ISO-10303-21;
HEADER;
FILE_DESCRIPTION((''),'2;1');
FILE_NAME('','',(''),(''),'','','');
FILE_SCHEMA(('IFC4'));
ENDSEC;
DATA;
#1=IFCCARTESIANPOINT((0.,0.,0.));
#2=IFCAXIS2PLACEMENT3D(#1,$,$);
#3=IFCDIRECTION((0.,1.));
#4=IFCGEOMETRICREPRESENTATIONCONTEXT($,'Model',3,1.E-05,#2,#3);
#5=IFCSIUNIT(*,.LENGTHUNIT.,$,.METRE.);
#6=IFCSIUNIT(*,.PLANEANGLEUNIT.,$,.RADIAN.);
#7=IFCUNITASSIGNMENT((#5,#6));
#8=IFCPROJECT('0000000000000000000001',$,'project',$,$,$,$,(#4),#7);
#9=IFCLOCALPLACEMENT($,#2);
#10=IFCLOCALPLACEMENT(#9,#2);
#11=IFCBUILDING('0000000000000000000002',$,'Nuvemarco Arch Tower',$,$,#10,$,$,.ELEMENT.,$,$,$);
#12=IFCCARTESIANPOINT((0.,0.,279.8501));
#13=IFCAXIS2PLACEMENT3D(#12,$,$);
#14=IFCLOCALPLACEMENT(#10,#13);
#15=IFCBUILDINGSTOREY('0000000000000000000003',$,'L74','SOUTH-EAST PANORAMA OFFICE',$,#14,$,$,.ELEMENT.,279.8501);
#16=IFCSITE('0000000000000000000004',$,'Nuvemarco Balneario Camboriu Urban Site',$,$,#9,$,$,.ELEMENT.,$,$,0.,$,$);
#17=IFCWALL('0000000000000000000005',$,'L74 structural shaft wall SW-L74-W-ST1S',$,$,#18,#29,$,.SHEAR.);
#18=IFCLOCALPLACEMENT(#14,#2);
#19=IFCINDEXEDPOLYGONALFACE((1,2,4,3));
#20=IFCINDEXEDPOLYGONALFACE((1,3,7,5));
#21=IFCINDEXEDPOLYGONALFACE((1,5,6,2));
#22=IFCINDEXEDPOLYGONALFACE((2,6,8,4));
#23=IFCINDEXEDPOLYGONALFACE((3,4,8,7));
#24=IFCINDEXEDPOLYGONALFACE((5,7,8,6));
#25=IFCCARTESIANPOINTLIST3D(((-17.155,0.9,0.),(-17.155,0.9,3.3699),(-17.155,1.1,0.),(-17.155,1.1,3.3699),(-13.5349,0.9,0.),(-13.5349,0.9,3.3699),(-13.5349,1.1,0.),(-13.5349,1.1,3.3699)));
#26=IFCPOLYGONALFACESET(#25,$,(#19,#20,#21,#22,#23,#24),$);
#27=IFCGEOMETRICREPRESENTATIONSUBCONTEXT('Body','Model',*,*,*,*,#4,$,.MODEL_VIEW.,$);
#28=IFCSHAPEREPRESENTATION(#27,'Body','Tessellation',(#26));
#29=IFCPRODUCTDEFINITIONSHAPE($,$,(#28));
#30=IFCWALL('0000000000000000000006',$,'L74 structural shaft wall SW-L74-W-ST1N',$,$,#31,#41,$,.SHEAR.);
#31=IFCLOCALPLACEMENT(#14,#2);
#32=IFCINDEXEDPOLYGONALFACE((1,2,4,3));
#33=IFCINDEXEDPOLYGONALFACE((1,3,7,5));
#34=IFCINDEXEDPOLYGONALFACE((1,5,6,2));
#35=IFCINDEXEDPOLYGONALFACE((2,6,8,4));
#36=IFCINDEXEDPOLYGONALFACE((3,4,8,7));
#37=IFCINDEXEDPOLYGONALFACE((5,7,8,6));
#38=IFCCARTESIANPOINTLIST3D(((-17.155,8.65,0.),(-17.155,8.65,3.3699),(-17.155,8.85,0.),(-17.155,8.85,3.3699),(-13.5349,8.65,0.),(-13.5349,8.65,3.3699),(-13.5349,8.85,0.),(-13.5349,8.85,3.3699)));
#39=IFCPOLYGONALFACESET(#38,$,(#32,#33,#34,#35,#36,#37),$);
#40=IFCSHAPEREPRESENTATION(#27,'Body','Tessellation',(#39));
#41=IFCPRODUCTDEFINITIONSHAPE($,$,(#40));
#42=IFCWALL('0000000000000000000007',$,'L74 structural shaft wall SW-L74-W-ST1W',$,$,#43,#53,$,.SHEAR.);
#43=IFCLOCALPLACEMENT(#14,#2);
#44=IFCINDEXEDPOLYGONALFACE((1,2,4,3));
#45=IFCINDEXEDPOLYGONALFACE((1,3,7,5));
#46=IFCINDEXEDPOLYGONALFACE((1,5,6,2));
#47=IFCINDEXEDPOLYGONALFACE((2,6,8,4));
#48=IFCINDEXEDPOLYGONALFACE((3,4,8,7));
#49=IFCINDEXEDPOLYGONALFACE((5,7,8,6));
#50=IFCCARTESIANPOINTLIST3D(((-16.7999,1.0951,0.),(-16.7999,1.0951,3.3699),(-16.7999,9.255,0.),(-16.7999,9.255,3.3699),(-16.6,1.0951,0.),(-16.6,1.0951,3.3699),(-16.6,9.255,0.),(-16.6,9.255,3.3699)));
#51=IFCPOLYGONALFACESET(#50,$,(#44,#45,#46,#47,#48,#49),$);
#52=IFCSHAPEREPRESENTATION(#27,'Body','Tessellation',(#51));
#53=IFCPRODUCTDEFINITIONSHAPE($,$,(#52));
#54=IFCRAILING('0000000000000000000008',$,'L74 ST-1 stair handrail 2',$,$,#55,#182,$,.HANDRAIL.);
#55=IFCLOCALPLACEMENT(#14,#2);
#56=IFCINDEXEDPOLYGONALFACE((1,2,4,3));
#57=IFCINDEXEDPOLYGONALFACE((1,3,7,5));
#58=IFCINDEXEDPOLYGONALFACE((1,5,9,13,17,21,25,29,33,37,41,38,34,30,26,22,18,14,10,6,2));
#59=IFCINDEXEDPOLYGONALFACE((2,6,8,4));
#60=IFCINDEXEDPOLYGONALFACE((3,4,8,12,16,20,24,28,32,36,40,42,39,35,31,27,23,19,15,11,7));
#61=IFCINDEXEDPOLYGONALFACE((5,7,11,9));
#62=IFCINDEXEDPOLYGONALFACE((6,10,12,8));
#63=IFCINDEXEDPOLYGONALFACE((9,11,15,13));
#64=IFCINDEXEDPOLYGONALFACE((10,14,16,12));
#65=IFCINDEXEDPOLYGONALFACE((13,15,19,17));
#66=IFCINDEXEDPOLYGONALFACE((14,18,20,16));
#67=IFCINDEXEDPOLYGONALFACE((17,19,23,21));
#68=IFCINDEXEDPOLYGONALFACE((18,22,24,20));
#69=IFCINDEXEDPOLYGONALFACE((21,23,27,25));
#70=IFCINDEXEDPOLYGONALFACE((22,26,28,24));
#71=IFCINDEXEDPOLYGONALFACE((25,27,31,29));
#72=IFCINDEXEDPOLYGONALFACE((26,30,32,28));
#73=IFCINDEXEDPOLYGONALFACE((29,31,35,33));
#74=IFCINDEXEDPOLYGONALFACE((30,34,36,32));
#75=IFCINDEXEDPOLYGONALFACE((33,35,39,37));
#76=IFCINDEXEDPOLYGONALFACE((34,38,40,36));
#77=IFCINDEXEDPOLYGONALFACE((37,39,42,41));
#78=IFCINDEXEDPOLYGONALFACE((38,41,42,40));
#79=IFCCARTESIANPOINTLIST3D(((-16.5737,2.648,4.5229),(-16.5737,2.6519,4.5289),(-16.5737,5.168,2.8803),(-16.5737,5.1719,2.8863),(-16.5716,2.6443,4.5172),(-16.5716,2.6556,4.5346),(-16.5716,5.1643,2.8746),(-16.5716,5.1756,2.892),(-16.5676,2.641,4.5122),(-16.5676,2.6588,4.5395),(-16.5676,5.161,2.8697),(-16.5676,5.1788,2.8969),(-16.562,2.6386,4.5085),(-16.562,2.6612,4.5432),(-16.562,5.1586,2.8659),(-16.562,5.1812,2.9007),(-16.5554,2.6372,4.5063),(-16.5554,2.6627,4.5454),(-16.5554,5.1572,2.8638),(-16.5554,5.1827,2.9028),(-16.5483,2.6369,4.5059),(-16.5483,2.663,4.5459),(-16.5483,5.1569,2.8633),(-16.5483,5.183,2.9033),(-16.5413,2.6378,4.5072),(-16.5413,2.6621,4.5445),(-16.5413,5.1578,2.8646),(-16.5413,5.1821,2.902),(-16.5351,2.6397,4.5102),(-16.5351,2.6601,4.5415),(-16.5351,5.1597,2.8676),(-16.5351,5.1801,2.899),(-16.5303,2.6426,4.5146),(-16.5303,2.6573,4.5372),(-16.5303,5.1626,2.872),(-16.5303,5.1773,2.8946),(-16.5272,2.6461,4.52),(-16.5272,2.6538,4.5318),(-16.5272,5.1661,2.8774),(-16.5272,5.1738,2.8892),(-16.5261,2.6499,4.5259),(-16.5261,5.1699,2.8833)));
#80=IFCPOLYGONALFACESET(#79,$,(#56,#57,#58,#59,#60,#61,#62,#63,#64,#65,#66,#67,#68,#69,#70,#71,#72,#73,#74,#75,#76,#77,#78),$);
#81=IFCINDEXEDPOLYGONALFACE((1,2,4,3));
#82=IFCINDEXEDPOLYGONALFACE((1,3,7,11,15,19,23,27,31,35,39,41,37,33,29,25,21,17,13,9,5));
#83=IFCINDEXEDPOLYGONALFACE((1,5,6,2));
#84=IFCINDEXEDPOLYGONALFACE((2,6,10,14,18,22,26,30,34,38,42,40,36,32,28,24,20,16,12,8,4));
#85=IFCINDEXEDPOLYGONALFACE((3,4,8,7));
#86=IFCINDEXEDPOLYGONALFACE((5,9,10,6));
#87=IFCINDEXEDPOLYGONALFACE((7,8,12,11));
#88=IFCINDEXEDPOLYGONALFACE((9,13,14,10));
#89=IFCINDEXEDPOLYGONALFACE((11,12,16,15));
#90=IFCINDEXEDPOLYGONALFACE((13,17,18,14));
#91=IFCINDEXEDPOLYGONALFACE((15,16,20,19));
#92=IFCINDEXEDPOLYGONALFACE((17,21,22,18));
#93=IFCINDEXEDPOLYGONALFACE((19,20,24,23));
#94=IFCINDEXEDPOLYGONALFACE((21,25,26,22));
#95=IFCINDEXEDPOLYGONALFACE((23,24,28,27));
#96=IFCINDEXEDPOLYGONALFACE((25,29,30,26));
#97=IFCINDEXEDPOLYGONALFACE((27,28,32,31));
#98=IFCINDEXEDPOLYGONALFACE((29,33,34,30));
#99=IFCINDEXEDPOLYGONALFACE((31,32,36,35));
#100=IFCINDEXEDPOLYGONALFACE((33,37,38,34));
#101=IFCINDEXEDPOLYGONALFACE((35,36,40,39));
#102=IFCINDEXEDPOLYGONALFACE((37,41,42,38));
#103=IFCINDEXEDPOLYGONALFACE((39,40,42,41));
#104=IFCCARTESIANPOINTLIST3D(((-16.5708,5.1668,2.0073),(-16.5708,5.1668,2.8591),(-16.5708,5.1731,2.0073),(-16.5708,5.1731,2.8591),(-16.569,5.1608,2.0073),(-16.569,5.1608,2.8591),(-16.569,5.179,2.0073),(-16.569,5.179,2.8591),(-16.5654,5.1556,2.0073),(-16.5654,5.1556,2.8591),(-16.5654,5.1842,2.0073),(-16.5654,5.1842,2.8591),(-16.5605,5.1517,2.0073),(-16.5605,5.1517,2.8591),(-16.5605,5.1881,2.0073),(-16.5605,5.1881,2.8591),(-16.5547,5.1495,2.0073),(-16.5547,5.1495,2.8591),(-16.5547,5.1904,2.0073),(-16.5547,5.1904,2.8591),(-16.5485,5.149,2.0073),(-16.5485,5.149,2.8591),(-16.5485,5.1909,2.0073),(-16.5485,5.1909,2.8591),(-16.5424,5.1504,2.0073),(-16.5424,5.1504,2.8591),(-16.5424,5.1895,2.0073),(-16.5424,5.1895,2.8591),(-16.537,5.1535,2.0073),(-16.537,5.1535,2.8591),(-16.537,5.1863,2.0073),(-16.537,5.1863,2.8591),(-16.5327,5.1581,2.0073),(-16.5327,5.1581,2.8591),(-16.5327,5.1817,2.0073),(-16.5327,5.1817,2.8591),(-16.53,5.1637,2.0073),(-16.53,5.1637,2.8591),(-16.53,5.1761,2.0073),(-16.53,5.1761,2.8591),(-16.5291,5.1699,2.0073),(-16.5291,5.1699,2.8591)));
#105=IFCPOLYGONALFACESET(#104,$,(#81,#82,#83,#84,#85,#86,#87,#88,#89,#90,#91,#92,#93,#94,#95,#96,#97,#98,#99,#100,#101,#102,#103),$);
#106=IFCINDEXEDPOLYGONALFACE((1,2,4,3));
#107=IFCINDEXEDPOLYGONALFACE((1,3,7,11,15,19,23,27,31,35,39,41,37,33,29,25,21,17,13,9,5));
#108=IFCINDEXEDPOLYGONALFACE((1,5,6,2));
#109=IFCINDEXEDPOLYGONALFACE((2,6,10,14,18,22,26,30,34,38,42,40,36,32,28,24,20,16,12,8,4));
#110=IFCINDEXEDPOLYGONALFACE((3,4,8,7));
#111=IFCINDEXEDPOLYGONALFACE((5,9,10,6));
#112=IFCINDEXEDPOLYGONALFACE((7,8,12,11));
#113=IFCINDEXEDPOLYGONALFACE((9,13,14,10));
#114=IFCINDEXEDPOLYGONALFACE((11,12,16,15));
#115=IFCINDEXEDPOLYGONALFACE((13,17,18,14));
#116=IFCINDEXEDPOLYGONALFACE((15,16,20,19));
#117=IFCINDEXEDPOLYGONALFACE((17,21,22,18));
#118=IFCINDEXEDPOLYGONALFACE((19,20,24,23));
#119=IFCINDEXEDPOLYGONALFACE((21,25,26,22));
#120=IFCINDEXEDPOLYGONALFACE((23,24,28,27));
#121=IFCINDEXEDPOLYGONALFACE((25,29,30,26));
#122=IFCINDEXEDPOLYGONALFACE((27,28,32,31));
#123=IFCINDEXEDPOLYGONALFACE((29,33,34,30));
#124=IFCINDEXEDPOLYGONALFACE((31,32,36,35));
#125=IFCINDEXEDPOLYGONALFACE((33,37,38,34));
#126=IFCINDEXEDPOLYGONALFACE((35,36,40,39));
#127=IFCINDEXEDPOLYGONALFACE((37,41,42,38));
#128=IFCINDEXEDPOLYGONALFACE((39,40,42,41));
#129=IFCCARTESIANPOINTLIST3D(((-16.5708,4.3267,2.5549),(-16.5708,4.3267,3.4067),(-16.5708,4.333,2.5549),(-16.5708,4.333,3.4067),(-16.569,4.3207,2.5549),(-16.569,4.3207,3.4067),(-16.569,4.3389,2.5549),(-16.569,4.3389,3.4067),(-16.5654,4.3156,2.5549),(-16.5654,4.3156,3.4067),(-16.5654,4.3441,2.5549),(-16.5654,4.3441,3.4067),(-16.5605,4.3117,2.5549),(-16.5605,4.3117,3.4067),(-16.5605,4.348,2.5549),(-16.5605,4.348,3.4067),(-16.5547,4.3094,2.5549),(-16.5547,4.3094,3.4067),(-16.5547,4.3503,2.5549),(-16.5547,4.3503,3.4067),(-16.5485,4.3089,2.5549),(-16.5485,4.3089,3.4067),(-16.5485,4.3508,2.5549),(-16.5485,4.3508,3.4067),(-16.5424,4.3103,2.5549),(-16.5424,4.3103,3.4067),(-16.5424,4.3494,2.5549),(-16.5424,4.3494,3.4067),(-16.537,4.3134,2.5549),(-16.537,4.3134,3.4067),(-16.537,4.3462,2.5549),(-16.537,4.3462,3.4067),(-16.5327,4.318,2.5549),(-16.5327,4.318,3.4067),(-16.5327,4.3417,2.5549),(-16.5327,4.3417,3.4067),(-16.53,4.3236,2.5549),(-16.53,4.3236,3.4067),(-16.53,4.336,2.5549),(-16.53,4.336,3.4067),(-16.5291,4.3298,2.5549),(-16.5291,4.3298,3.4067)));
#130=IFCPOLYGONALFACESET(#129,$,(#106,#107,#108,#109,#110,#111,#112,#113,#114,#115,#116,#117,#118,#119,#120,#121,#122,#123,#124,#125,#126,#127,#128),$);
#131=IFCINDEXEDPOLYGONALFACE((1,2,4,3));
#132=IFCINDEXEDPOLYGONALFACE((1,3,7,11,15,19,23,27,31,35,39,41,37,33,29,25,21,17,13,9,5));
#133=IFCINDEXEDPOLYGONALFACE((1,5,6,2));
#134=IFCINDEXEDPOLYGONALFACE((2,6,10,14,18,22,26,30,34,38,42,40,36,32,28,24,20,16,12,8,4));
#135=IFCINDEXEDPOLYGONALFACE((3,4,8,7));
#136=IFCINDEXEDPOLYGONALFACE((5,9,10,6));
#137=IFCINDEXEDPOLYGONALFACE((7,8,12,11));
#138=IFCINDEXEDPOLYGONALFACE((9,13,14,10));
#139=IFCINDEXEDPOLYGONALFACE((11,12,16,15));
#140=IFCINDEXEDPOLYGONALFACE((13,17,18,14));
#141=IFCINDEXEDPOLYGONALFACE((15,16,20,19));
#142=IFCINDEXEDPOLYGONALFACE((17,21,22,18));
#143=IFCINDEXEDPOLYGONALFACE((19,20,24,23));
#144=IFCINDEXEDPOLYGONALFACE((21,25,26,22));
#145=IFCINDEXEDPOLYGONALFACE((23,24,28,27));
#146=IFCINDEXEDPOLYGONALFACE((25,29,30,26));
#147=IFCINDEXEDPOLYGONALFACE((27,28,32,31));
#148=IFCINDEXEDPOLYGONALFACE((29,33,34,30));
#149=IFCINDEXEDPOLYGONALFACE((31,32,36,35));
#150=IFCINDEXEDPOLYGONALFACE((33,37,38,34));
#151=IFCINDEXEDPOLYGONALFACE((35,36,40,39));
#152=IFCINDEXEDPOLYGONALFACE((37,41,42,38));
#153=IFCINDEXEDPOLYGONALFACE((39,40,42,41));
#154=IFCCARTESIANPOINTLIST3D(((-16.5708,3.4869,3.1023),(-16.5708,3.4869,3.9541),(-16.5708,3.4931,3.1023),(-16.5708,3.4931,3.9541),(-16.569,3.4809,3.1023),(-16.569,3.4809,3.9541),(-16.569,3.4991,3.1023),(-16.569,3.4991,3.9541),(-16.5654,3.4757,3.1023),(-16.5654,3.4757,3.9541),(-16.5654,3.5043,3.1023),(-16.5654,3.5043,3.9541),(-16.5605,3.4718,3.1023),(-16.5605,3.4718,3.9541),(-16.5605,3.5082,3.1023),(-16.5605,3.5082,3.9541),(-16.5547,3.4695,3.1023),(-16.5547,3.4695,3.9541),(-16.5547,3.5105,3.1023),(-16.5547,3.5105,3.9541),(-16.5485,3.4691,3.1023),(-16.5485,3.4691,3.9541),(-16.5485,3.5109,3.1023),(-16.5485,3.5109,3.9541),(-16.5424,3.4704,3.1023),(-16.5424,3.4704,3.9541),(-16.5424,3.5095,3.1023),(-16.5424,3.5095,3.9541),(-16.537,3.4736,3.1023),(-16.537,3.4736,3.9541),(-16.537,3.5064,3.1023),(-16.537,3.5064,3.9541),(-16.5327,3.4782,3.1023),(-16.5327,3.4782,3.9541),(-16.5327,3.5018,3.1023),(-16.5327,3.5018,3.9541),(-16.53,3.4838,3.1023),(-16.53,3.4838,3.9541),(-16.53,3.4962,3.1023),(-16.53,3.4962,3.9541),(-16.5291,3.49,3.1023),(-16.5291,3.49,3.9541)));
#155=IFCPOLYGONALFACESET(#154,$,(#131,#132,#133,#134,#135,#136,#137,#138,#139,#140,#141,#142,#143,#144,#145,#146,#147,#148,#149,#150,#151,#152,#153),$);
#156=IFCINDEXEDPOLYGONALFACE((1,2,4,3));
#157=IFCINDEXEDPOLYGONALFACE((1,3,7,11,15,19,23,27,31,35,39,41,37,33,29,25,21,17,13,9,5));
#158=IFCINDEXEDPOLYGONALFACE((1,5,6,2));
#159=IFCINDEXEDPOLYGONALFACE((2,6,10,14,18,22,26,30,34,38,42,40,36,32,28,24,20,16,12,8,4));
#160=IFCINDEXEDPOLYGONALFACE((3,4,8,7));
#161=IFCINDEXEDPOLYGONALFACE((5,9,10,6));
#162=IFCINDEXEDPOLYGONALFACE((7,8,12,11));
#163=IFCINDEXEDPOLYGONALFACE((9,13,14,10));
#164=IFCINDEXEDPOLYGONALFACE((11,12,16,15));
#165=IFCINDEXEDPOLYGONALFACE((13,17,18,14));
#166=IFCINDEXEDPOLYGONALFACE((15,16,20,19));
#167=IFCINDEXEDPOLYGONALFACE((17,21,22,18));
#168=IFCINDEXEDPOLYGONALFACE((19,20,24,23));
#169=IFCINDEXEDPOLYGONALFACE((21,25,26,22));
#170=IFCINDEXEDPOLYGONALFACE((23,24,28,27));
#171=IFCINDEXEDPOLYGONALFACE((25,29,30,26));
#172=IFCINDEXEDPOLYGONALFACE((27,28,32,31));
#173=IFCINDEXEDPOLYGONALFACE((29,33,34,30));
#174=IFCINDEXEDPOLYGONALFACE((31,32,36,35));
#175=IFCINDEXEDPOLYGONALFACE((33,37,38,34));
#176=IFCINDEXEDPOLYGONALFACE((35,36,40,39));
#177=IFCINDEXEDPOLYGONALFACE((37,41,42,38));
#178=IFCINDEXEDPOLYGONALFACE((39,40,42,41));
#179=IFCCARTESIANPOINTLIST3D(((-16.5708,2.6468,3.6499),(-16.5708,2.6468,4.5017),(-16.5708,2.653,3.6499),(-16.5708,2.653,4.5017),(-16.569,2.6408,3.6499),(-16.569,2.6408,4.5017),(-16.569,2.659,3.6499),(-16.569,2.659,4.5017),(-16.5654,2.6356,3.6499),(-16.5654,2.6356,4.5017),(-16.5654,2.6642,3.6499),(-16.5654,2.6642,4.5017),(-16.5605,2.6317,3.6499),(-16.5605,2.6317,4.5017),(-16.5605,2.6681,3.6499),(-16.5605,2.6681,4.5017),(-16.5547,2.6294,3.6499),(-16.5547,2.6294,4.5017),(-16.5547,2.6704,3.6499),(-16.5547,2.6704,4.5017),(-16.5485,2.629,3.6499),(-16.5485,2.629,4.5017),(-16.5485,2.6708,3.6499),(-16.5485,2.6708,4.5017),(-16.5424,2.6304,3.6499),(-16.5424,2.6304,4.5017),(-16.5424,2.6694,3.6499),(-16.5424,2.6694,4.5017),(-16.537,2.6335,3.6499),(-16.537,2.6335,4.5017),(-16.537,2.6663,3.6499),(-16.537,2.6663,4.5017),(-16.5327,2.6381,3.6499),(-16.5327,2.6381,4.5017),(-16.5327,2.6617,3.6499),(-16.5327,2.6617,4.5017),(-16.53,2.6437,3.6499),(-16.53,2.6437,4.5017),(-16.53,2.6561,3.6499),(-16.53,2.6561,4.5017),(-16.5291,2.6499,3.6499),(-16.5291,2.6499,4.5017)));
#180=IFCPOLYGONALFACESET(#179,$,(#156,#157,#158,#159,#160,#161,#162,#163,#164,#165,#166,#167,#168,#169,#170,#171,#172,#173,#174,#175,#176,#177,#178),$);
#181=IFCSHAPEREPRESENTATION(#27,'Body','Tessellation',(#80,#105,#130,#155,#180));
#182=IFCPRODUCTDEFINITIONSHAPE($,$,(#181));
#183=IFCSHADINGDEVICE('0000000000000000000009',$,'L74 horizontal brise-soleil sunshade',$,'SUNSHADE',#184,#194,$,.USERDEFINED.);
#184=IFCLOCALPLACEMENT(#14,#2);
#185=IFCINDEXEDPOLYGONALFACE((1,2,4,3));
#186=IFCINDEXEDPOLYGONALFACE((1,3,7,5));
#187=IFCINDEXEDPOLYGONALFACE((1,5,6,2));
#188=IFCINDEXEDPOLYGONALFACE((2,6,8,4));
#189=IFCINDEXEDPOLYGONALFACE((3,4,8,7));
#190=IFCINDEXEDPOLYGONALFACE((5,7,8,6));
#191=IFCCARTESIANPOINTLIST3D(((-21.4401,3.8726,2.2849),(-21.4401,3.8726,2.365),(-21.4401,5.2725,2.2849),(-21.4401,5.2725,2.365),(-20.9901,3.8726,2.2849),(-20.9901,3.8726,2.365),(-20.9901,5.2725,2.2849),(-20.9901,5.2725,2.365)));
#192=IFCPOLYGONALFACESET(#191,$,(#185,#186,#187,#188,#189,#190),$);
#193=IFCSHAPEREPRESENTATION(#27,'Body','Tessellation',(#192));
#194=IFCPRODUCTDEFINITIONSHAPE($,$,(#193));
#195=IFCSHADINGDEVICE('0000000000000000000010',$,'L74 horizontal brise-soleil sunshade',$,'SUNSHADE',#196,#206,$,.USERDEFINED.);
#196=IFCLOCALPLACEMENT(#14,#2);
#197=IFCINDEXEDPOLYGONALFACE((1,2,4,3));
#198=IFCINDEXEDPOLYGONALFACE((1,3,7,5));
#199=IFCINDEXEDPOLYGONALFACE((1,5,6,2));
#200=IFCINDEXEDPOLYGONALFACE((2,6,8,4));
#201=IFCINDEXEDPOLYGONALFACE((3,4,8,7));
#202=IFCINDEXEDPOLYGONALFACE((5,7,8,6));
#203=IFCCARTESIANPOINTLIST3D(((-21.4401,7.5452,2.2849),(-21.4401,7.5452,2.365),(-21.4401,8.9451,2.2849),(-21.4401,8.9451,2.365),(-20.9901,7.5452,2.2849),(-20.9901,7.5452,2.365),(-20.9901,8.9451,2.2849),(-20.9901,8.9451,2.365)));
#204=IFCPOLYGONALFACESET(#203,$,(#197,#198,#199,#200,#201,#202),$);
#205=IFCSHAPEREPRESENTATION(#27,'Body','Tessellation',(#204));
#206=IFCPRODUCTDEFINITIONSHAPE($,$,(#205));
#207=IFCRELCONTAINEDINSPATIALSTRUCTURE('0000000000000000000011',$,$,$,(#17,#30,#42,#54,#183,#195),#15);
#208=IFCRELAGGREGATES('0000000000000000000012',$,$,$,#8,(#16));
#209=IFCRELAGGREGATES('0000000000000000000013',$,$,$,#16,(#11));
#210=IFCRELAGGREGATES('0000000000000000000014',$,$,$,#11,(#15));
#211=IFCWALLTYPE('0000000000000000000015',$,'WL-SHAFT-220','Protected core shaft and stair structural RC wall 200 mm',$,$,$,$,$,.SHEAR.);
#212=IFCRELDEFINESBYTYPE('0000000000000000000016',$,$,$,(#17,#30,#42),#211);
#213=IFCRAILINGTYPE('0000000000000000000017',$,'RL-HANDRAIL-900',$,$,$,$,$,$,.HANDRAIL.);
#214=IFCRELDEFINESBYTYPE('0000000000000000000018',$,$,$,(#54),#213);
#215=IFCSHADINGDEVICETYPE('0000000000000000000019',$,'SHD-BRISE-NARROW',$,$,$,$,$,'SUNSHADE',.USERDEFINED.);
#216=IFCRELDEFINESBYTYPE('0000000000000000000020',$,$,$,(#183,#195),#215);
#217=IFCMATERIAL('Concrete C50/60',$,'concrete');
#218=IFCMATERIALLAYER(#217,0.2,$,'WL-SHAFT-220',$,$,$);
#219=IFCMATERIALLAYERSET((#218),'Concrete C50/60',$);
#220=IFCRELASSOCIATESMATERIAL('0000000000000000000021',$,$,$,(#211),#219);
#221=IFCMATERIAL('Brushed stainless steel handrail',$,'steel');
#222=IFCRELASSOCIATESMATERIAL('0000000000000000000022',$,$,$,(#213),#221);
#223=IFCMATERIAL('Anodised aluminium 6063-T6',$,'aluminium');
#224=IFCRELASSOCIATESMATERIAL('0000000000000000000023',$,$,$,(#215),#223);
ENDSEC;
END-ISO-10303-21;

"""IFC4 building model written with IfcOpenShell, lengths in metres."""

from ifc_helpers import new_model, si_unit, direction, frame, frame_2d, origin, origin_2d, place, context, subcontext, project, spatial, rectangle, circle, extrude, source, transform, mapped, material, layer, layer_set, type_object, type_shapes, element, save


model = new_model("IFC4")

# Units and contexts
model_context = context("Model", 3, precision=1e-05, world=origin(), true_north=direction((0.0, 1.0)))
body_context = subcontext(model_context, "Body", "Model", "MODEL_VIEW")
ifc_project = project(units=[si_unit("LENGTHUNIT", "METRE"), si_unit("PLANEANGLEUNIT", "RADIAN")], contexts=[model_context])

# Site, building, storey
site_placement = place(None, origin())
site = spatial("IfcSite", under=ifc_project, at=site_placement, Name="Nuvemarco Balneario Camboriu Urban Site", CompositionType="ELEMENT", RefElevation=0.0)
building_placement = place(site_placement, origin())
building = spatial("IfcBuilding", under=site, at=building_placement, Name="Nuvemarco Arch Tower", CompositionType="ELEMENT")
storey_placement = place(building_placement, frame((0.0, 0.0, 279.8501)))
storey = spatial("IfcBuildingStorey", under=building, at=storey_placement, Name="L74", Description="SOUTH-EAST PANORAMA OFFICE", CompositionType="ELEMENT", Elevation=279.8501)

# Shared definitions
ifc_material_1 = material(Name="Concrete C50/60", Category="concrete")

# Walls
ifc_layer_1 = layer(ifc_material_1, 0.2, Name="WL-SHAFT-220")
ifc_layer_set_1 = layer_set([ifc_layer_1], Name="Concrete C50/60")
wall_type_1 = type_object("IfcWallType", Name="WL-SHAFT-220", Description="Protected core shaft and stair structural RC wall 200 mm", PredefinedType="SHEAR", material=ifc_layer_set_1)
for number, where, z_axis, x_axis, name in (
    (1, (-17.155, 1.0, 0.0), (0.0, 0.0, 1.0), (1.0, 0.0, 0.0), "L74 structural shaft wall SW-L74-W-ST1S"),
    (2, (-17.155, 8.75, 0.0), (0.0, 0.0, 1.0), (1.0, 0.0, 0.0), "L74 structural shaft wall SW-L74-W-ST1N"),
):
    element("IfcWall", number, at=place(storey_placement, frame(where, z_axis=z_axis, x_axis=x_axis)), inside=storey, type_object=wall_type_1, Name=name, PredefinedType="SHEAR", context=body_context, shape_type="SweptSolid", body=[
        extrude(rectangle(XDim=3.6201, YDim=0.2, at=frame_2d((1.8101, 0.0))), origin(), (0.0, 0.0, 1.0), 3.3699),
    ])
wall_1_placement = place(storey_placement, frame((-16.7, 1.095, 0.0), z_axis=(0.0, 0.0, 1.0), x_axis=(0.0, 1.0, 0.0)))
element("IfcWall", 3, at=wall_1_placement, inside=storey, type_object=wall_type_1, Name="L74 structural shaft wall SW-L74-W-ST1W", PredefinedType="SHEAR", context=body_context, shape_type="SweptSolid", body=[
    extrude(rectangle(XDim=8.1599, YDim=0.2, at=frame_2d((4.0801, 0.0))), origin(), (0.0, 0.0, 1.0), 3.3699),
])

# Railing
ifc_material_2 = material(Name="Brushed stainless steel handrail", Category="steel")
railing_type = type_object("IfcRailingType", Name="RL-HANDRAIL-900", PredefinedType="HANDRAIL", material=ifc_material_2)
railing_placement = place(storey_placement, frame((-16.55, 5.1699, 2.0073)))
element("IfcRailing", 4, at=railing_placement, inside=storey, type_object=railing_type, Name="L74 ST-1 stair handrail 2", PredefinedType="HANDRAIL", context=body_context, shape_type="SweptSolid", body=[
    extrude(circle(Radius=0.0239, at=origin_2d()), frame((0.0, 0.0, 0.876), z_axis=(0.0, -0.837749, 0.546055), x_axis=(1.0, 0.0, 0.0)), (0.0, 0.0, 1.0), 3.0081),
    extrude(circle(Radius=0.021, at=origin_2d()), origin(), (0.0, 0.0, 1.0), 0.8518),
    extrude(circle(Radius=0.021, at=origin_2d()), frame((0.0, -0.8401, 0.5476)), (0.0, 0.0, 1.0), 0.8518),
    extrude(circle(Radius=0.021, at=origin_2d()), frame((0.0, -1.6799, 1.095)), (0.0, 0.0, 1.0), 0.8518),
    extrude(circle(Radius=0.021, at=origin_2d()), frame((0.0, -2.52, 1.6426)), (0.0, 0.0, 1.0), 0.8518),
])

# Shading devices
ifc_material_3 = material(Name="Anodised aluminium 6063-T6", Category="aluminium")
shading_device_type = type_object("IfcShadingDeviceType", Name="SHD-BRISE-NARROW", ElementType="SUNSHADE", PredefinedType="USERDEFINED", material=ifc_material_3)
shared_shape = source(origin(), body_context, "Body", "SweptSolid", [
    extrude(rectangle(XDim=1.3999, YDim=0.45, at=origin_2d()), origin(), (0.0, 0.0, 1.0), 0.0801),
])
type_shapes(shading_device_type, [shared_shape])
for number, where, z_axis, x_axis, name in (
    (5, (-21.2151, 4.5725, 2.2849), (0.0, 0.0, 1.0), (0.0, 1.0, 0.0), "L74 horizontal brise-soleil sunshade"),
    (6, (-21.2151, 8.2451, 2.2849), (0.0, 0.0, 1.0), (0.0, 1.0, 0.0), "L74 horizontal brise-soleil sunshade"),
):
    element("IfcShadingDevice", number, at=place(storey_placement, frame(where, z_axis=z_axis, x_axis=x_axis)), inside=storey, type_object=shading_device_type, Name=name, ObjectType="SUNSHADE", PredefinedType="USERDEFINED", context=body_context, shape_type="MappedRepresentation", body=[
        mapped(shared_shape, transform((0.0, 0.0, 0.0), scale=1.0)),
    ])

save(model, "model.ifc")
